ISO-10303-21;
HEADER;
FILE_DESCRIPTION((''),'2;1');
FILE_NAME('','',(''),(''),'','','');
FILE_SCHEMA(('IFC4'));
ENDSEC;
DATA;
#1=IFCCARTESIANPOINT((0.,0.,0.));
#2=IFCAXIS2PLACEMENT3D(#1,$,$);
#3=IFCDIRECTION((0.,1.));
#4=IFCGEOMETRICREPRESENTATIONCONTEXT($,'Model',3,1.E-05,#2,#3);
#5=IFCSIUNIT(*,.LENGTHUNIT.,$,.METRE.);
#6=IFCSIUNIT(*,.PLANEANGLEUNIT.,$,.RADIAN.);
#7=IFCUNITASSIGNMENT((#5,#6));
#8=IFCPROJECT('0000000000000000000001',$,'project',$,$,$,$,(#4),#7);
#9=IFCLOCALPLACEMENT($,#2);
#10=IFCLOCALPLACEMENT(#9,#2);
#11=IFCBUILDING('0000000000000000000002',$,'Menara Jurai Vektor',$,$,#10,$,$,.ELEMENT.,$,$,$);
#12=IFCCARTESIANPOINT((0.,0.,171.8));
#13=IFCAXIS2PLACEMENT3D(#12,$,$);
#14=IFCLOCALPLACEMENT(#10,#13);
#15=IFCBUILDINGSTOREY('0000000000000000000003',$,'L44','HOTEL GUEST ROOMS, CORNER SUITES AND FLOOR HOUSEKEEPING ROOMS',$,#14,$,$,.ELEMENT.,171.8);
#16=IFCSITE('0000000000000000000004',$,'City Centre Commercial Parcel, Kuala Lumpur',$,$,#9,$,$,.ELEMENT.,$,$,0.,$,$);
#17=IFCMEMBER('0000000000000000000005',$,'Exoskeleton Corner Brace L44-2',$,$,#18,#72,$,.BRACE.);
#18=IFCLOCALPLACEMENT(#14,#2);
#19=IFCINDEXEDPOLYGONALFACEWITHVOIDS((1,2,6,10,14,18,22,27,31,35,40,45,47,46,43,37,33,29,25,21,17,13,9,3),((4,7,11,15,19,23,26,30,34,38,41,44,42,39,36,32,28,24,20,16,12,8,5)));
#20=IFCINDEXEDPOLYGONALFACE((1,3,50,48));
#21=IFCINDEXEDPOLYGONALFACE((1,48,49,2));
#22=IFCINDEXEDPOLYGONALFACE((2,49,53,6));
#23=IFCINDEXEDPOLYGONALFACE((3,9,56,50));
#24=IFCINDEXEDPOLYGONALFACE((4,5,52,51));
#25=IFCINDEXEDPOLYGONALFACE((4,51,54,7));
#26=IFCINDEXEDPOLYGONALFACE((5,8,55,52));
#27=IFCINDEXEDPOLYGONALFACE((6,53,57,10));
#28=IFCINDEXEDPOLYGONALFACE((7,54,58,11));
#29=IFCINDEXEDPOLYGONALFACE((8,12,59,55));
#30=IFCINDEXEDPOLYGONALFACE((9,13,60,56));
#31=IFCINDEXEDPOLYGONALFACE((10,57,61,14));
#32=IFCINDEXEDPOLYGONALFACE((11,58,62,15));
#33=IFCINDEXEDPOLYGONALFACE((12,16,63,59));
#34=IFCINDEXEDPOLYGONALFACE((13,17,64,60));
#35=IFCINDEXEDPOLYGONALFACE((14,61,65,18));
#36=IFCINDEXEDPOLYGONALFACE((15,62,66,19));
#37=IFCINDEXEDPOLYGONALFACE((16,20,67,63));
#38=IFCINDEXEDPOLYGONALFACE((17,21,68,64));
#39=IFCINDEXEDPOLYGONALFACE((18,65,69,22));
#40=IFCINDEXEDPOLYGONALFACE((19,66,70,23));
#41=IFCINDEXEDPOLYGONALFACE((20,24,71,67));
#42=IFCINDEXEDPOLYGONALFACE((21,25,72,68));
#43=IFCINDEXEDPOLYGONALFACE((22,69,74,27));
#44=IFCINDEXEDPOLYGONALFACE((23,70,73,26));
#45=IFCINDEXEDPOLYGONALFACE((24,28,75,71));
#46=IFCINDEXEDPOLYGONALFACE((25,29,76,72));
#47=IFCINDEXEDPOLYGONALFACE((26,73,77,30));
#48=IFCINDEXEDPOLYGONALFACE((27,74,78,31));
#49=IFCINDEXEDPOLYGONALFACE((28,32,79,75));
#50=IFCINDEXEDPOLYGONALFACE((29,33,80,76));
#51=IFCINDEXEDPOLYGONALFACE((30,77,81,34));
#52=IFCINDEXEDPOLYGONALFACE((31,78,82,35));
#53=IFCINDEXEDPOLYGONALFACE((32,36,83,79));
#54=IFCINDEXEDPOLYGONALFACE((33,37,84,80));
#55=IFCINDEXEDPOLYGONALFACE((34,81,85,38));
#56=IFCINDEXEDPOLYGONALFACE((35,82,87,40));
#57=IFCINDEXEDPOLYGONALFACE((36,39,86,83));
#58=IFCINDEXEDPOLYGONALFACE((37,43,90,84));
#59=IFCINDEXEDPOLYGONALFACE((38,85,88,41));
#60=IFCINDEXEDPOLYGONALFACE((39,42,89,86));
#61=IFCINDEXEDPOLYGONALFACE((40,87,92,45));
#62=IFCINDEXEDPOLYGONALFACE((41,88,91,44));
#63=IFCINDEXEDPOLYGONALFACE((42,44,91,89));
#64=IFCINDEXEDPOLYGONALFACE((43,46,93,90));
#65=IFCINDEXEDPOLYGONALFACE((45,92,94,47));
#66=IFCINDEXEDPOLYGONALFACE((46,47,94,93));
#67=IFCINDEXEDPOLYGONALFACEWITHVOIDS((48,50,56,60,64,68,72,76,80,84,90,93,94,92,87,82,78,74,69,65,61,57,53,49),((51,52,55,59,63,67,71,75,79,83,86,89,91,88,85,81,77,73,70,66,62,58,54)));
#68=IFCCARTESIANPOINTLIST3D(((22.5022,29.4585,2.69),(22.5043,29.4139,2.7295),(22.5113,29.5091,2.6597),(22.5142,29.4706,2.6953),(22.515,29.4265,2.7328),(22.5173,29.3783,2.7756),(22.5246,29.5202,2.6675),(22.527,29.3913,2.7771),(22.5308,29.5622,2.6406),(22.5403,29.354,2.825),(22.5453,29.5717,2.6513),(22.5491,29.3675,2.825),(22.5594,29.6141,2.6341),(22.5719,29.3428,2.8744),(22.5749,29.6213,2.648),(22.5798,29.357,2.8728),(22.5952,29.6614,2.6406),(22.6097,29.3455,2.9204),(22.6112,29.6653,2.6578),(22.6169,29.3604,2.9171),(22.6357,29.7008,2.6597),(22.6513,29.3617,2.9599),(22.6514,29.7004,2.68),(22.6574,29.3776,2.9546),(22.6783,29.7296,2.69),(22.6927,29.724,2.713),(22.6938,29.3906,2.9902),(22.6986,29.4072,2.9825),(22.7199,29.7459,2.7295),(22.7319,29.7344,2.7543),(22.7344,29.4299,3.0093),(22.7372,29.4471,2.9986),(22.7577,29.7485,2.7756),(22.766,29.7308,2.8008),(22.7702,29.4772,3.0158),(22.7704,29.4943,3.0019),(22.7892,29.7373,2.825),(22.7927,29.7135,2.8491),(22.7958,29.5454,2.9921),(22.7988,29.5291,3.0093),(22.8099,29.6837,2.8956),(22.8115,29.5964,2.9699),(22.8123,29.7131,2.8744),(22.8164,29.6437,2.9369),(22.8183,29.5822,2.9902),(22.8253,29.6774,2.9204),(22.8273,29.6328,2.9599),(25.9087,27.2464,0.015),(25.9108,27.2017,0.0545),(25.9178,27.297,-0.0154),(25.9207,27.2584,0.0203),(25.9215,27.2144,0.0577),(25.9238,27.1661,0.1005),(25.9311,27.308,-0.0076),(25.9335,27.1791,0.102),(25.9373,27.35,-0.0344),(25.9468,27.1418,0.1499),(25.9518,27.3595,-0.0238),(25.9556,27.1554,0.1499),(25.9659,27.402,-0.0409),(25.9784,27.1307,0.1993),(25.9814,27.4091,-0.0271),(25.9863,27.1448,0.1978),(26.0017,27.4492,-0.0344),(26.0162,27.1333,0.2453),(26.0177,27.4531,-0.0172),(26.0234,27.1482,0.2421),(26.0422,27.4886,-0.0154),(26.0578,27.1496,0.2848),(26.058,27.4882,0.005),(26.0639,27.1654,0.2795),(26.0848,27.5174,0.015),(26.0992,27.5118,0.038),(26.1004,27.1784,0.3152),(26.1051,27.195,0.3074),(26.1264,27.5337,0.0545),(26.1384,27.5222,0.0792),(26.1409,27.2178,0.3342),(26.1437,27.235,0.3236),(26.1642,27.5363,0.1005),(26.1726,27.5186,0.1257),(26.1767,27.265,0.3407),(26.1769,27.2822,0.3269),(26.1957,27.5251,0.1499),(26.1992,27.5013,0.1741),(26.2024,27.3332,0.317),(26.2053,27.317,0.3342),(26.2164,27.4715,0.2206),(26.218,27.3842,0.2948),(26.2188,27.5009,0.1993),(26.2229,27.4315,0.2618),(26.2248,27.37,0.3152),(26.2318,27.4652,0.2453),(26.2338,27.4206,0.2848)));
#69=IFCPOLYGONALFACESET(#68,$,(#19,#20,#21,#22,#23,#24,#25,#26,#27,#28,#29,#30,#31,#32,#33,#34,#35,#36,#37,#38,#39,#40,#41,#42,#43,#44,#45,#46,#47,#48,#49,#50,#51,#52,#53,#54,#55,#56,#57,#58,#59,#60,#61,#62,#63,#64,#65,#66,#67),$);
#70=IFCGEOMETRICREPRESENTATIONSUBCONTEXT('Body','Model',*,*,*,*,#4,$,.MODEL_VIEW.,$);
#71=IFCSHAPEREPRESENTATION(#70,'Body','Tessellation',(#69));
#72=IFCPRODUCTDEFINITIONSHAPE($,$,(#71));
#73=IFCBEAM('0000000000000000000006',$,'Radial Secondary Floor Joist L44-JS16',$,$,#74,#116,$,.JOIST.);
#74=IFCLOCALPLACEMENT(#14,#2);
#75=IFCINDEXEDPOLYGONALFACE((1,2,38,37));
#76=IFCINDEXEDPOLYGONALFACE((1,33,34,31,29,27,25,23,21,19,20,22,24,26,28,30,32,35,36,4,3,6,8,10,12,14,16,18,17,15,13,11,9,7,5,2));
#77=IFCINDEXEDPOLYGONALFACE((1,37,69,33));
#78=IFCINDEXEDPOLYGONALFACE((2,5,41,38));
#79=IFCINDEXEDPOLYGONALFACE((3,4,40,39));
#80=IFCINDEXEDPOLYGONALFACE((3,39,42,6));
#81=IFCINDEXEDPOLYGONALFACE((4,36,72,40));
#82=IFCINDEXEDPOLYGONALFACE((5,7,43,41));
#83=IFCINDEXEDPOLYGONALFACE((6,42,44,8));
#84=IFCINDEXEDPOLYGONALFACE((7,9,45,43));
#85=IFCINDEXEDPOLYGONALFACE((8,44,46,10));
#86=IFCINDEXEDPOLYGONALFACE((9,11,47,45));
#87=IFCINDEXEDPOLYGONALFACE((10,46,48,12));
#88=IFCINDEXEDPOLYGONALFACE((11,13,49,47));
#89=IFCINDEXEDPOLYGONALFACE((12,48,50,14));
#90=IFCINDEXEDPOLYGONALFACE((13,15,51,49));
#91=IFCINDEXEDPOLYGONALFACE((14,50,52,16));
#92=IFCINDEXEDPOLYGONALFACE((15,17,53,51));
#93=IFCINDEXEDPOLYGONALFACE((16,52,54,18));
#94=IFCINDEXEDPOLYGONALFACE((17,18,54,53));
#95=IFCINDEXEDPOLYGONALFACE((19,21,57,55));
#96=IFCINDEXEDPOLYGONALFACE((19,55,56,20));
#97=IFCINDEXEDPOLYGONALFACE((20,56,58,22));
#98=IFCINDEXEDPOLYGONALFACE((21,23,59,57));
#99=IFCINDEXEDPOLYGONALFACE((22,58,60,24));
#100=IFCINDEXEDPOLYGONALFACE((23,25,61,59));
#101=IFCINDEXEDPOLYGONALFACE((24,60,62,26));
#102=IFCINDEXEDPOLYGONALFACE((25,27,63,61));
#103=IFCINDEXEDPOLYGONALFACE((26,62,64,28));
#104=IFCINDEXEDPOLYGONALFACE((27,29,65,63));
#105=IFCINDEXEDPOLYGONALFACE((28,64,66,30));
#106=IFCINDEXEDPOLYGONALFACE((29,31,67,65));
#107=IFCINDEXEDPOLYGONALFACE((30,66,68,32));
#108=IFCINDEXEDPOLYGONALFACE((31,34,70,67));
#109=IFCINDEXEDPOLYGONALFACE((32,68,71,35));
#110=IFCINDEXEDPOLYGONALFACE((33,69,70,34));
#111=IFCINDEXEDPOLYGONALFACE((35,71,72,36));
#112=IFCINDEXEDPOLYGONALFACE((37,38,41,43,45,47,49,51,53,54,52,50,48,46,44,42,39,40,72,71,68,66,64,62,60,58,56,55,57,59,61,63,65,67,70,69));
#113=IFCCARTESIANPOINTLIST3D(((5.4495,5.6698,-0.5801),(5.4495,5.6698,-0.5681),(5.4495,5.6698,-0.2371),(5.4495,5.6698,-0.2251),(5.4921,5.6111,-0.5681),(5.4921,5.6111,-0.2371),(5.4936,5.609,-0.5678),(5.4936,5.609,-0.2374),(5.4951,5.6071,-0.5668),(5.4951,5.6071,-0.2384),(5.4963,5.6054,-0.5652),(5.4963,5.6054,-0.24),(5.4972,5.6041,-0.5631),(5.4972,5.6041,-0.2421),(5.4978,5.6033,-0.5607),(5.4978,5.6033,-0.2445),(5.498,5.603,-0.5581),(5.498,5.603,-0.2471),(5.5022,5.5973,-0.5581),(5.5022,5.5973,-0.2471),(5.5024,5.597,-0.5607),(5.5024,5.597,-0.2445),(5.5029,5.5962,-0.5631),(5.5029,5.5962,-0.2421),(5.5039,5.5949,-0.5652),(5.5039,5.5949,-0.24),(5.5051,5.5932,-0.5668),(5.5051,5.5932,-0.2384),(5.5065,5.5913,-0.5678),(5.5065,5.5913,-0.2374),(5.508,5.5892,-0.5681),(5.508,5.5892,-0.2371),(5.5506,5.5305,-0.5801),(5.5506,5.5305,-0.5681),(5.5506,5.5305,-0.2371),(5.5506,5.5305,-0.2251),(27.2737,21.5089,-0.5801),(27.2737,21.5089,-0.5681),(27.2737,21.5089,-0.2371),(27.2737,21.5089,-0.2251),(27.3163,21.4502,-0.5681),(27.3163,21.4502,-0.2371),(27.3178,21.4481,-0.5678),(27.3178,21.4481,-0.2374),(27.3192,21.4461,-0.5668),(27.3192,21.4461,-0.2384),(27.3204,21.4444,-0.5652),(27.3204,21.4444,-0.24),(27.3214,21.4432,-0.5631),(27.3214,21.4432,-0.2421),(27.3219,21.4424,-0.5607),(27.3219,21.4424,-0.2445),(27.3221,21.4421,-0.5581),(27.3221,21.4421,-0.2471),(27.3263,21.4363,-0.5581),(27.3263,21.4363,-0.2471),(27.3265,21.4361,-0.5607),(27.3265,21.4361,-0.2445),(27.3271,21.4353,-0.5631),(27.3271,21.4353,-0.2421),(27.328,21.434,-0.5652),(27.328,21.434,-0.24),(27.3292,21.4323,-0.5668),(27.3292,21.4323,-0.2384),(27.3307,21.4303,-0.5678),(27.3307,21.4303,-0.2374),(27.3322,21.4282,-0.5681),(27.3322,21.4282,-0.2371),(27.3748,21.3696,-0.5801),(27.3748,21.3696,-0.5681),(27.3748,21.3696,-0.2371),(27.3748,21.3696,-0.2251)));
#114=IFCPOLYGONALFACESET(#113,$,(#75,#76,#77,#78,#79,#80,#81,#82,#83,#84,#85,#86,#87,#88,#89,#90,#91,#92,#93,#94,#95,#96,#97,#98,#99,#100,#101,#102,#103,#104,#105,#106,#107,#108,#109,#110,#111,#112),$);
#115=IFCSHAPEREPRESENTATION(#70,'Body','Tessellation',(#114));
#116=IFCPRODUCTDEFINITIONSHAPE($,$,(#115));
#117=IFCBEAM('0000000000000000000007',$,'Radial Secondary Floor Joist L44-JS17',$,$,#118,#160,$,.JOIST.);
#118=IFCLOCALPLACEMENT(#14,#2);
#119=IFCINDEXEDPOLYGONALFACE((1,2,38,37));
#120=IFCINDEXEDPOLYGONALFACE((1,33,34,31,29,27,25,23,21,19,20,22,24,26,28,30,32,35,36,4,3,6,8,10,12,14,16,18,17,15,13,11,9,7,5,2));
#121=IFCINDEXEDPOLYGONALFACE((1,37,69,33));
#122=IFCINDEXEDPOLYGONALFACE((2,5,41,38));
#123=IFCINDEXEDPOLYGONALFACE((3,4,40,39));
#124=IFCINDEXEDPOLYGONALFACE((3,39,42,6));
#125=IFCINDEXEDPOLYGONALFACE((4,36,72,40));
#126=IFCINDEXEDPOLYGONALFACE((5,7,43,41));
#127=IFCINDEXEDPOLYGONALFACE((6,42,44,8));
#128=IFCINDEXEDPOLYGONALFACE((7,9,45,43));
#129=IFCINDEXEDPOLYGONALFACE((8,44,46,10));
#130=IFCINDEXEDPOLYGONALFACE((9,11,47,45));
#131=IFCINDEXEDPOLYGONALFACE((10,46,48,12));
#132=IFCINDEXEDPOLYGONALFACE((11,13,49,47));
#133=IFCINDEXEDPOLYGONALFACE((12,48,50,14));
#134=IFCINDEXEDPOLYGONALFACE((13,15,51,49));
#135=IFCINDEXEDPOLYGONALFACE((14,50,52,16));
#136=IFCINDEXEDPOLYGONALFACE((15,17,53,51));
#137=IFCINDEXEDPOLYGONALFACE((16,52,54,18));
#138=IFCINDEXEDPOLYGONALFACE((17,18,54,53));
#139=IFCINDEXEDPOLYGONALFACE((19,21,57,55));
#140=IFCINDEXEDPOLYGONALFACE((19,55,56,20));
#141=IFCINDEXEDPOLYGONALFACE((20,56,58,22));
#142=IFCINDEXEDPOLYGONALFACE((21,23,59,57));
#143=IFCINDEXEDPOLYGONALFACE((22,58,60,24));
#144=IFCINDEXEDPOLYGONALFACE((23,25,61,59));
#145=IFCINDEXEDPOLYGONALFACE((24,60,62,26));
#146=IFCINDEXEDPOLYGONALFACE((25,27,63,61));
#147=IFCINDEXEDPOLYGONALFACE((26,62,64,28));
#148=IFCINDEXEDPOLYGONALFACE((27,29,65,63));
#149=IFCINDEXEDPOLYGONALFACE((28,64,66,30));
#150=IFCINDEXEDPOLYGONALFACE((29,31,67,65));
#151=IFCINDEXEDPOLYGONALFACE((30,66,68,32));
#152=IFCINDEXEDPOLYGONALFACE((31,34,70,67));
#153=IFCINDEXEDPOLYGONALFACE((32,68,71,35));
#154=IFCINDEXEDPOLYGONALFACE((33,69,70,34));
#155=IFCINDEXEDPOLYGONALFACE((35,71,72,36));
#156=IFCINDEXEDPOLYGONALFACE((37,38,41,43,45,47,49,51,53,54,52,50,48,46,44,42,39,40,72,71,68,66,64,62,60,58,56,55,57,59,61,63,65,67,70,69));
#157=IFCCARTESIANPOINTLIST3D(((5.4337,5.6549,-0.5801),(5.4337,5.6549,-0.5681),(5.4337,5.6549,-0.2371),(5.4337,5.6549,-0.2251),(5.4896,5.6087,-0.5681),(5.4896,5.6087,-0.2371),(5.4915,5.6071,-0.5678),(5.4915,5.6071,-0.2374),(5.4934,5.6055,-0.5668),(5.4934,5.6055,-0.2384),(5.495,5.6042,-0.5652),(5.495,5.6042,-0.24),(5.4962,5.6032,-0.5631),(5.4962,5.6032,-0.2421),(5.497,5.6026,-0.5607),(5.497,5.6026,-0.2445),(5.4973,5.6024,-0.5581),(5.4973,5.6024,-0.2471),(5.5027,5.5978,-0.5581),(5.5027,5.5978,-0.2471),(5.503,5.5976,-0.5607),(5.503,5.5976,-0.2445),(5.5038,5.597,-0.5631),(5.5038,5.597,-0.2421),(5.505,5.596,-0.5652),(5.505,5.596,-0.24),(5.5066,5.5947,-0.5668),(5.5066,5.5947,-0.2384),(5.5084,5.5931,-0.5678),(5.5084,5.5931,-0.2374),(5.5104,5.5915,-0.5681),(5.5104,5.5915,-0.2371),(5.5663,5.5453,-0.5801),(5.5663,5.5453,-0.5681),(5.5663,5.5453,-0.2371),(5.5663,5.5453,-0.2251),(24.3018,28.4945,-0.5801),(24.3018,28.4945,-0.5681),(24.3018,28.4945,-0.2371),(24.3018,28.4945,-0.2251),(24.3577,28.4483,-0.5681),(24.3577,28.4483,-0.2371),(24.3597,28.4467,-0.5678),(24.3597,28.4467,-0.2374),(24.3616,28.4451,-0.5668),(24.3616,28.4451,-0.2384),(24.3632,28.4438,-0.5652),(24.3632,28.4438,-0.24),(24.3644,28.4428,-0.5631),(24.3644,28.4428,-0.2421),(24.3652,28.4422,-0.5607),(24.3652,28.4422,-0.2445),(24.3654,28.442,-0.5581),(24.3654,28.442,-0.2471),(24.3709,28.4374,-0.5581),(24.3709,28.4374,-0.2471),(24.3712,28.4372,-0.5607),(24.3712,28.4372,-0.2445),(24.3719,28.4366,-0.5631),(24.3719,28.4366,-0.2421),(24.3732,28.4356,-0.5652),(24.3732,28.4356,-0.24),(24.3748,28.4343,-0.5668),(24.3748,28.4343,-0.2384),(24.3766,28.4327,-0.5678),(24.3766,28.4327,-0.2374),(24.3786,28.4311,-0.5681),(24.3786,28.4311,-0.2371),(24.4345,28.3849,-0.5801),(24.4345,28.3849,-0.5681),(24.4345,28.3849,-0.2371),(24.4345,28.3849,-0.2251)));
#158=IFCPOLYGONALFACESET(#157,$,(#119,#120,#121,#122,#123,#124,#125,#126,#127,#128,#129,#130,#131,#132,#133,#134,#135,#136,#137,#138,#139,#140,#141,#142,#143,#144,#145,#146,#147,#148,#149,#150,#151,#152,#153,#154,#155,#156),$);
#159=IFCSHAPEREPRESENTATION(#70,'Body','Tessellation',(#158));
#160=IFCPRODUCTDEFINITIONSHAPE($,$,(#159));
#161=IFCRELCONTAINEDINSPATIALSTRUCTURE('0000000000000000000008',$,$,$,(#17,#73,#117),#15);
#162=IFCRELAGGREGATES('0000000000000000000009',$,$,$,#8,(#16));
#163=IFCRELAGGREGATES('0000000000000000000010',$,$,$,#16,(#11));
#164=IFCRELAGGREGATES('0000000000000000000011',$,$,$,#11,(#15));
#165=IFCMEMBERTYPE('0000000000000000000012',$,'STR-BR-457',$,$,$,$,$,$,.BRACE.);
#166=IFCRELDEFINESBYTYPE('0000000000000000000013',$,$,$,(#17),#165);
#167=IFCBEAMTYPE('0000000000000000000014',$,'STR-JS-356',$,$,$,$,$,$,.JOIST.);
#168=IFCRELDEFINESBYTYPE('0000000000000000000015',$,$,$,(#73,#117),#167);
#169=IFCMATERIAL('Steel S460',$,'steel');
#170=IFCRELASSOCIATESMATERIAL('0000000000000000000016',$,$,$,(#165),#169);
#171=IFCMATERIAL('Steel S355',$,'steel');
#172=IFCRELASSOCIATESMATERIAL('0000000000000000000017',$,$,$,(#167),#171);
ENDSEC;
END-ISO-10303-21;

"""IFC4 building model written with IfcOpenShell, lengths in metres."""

from ifc_helpers import new_model, si_unit, direction, frame, origin, origin_2d, place, context, subcontext, project, spatial, hollow_circle, i_section, extrude, material, material_profile, profile_set, type_object, element, save


model = new_model("IFC4")

# Units and contexts
model_context = context("Model", 3, precision=1e-05, world=origin(), true_north=direction((0.0, 1.0)))
body_context = subcontext(model_context, "Body", "Model", "MODEL_VIEW")
ifc_project = project(units=[si_unit("LENGTHUNIT", "METRE"), si_unit("PLANEANGLEUNIT", "RADIAN")], contexts=[model_context])

# Site, building, storey
site_placement = place(None, origin())
site = spatial("IfcSite", under=ifc_project, at=site_placement, Name="City Centre Commercial Parcel, Kuala Lumpur", CompositionType="ELEMENT", RefElevation=0.0)
building_placement = place(site_placement, origin())
building = spatial("IfcBuilding", under=site, at=building_placement, Name="Menara Jurai Vektor", CompositionType="ELEMENT")
storey_placement = place(building_placement, frame((0.0, 0.0, 171.8)))
storey = spatial("IfcBuildingStorey", under=building, at=storey_placement, Name="L44", Description="HOTEL GUEST ROOMS, CORNER SUITES AND FLOOR HOUSEKEEPING ROOMS", CompositionType="ELEMENT", Elevation=171.8)

# Shared definitions
ifc_material_1 = material(Name="Steel S460", Category="steel")

# Shared definitions
ifc_material_2 = material(Name="Steel S355", Category="steel")

# Member
ifc_material_profile_1 = material_profile(ifc_material_1, hollow_circle(Radius=0.2285, WallThickness=0.0161, at=origin_2d()), Name="CHS 457x16")
ifc_profile_set_1 = profile_set([ifc_material_profile_1], Name="Steel S460")
member_type_1 = type_object("IfcMemberType", Name="STR-BR-457", PredefinedType="BRACE", material=ifc_profile_set_1)
member_1_placement = place(storey_placement, frame((26.0713, 27.3335, 0.1499), z_axis=(-0.700419, 0.454848, 0.550024), x_axis=(-0.544631, -0.838676, 0.0)))
element("IfcMember", 1, at=member_1_placement, inside=storey, type_object=member_type_1, Name="Exoskeleton Corner Brace L44-2", PredefinedType="BRACE", context=body_context, shape_type="SweptSolid", body=[
    extrude(hollow_circle(Radius=0.2285, WallThickness=0.0161, at=origin_2d()), origin(), (0.0, 0.0, 1.0), 4.8635),
])

# Beams
ifc_material_profile_2 = material_profile(ifc_material_2, i_section(OverallWidth=0.1721, OverallDepth=0.355, WebThickness=0.0071, FlangeThickness=0.012, FilletRadius=0.01, at=origin_2d()), Name="UKB 356x171x51")
ifc_profile_set_2 = profile_set([ifc_material_profile_2], Name="Steel S355")
beam_type_1 = type_object("IfcBeamType", Name="STR-JS-356", PredefinedType="JOIST", material=ifc_profile_set_2)
beam_1_placement = place(storey_placement, frame((27.3242, 21.4392, -0.4026), z_axis=(-0.809319, -0.58737, 0.0), x_axis=(0.58737, -0.809319, 0.0)))
element("IfcBeam", 2, at=beam_1_placement, inside=storey, type_object=beam_type_1, Name="Radial Secondary Floor Joist L44-JS16", PredefinedType="JOIST", context=body_context, shape_type="SweptSolid", body=[
    extrude(i_section(OverallWidth=0.1721, OverallDepth=0.355, WebThickness=0.0071, FlangeThickness=0.012, FilletRadius=0.01, at=origin_2d()), origin(), (0.0, 0.0, 1.0), 26.9661),
])
beam_2_placement = place(storey_placement, frame((24.3682, 28.4397, -0.4026), z_axis=(-0.636895, -0.770951, 0.0), x_axis=(0.770951, -0.636895, 0.0)))
element("IfcBeam", 3, at=beam_2_placement, inside=storey, type_object=beam_type_1, Name="Radial Secondary Floor Joist L44-JS17", PredefinedType="JOIST", context=body_context, shape_type="SweptSolid", body=[
    extrude(i_section(OverallWidth=0.1721, OverallDepth=0.355, WebThickness=0.0071, FlangeThickness=0.012, FilletRadius=0.01, at=origin_2d()), origin(), (0.0, 0.0, 1.0), 29.6252),
])

save(model, "model.ifc")
